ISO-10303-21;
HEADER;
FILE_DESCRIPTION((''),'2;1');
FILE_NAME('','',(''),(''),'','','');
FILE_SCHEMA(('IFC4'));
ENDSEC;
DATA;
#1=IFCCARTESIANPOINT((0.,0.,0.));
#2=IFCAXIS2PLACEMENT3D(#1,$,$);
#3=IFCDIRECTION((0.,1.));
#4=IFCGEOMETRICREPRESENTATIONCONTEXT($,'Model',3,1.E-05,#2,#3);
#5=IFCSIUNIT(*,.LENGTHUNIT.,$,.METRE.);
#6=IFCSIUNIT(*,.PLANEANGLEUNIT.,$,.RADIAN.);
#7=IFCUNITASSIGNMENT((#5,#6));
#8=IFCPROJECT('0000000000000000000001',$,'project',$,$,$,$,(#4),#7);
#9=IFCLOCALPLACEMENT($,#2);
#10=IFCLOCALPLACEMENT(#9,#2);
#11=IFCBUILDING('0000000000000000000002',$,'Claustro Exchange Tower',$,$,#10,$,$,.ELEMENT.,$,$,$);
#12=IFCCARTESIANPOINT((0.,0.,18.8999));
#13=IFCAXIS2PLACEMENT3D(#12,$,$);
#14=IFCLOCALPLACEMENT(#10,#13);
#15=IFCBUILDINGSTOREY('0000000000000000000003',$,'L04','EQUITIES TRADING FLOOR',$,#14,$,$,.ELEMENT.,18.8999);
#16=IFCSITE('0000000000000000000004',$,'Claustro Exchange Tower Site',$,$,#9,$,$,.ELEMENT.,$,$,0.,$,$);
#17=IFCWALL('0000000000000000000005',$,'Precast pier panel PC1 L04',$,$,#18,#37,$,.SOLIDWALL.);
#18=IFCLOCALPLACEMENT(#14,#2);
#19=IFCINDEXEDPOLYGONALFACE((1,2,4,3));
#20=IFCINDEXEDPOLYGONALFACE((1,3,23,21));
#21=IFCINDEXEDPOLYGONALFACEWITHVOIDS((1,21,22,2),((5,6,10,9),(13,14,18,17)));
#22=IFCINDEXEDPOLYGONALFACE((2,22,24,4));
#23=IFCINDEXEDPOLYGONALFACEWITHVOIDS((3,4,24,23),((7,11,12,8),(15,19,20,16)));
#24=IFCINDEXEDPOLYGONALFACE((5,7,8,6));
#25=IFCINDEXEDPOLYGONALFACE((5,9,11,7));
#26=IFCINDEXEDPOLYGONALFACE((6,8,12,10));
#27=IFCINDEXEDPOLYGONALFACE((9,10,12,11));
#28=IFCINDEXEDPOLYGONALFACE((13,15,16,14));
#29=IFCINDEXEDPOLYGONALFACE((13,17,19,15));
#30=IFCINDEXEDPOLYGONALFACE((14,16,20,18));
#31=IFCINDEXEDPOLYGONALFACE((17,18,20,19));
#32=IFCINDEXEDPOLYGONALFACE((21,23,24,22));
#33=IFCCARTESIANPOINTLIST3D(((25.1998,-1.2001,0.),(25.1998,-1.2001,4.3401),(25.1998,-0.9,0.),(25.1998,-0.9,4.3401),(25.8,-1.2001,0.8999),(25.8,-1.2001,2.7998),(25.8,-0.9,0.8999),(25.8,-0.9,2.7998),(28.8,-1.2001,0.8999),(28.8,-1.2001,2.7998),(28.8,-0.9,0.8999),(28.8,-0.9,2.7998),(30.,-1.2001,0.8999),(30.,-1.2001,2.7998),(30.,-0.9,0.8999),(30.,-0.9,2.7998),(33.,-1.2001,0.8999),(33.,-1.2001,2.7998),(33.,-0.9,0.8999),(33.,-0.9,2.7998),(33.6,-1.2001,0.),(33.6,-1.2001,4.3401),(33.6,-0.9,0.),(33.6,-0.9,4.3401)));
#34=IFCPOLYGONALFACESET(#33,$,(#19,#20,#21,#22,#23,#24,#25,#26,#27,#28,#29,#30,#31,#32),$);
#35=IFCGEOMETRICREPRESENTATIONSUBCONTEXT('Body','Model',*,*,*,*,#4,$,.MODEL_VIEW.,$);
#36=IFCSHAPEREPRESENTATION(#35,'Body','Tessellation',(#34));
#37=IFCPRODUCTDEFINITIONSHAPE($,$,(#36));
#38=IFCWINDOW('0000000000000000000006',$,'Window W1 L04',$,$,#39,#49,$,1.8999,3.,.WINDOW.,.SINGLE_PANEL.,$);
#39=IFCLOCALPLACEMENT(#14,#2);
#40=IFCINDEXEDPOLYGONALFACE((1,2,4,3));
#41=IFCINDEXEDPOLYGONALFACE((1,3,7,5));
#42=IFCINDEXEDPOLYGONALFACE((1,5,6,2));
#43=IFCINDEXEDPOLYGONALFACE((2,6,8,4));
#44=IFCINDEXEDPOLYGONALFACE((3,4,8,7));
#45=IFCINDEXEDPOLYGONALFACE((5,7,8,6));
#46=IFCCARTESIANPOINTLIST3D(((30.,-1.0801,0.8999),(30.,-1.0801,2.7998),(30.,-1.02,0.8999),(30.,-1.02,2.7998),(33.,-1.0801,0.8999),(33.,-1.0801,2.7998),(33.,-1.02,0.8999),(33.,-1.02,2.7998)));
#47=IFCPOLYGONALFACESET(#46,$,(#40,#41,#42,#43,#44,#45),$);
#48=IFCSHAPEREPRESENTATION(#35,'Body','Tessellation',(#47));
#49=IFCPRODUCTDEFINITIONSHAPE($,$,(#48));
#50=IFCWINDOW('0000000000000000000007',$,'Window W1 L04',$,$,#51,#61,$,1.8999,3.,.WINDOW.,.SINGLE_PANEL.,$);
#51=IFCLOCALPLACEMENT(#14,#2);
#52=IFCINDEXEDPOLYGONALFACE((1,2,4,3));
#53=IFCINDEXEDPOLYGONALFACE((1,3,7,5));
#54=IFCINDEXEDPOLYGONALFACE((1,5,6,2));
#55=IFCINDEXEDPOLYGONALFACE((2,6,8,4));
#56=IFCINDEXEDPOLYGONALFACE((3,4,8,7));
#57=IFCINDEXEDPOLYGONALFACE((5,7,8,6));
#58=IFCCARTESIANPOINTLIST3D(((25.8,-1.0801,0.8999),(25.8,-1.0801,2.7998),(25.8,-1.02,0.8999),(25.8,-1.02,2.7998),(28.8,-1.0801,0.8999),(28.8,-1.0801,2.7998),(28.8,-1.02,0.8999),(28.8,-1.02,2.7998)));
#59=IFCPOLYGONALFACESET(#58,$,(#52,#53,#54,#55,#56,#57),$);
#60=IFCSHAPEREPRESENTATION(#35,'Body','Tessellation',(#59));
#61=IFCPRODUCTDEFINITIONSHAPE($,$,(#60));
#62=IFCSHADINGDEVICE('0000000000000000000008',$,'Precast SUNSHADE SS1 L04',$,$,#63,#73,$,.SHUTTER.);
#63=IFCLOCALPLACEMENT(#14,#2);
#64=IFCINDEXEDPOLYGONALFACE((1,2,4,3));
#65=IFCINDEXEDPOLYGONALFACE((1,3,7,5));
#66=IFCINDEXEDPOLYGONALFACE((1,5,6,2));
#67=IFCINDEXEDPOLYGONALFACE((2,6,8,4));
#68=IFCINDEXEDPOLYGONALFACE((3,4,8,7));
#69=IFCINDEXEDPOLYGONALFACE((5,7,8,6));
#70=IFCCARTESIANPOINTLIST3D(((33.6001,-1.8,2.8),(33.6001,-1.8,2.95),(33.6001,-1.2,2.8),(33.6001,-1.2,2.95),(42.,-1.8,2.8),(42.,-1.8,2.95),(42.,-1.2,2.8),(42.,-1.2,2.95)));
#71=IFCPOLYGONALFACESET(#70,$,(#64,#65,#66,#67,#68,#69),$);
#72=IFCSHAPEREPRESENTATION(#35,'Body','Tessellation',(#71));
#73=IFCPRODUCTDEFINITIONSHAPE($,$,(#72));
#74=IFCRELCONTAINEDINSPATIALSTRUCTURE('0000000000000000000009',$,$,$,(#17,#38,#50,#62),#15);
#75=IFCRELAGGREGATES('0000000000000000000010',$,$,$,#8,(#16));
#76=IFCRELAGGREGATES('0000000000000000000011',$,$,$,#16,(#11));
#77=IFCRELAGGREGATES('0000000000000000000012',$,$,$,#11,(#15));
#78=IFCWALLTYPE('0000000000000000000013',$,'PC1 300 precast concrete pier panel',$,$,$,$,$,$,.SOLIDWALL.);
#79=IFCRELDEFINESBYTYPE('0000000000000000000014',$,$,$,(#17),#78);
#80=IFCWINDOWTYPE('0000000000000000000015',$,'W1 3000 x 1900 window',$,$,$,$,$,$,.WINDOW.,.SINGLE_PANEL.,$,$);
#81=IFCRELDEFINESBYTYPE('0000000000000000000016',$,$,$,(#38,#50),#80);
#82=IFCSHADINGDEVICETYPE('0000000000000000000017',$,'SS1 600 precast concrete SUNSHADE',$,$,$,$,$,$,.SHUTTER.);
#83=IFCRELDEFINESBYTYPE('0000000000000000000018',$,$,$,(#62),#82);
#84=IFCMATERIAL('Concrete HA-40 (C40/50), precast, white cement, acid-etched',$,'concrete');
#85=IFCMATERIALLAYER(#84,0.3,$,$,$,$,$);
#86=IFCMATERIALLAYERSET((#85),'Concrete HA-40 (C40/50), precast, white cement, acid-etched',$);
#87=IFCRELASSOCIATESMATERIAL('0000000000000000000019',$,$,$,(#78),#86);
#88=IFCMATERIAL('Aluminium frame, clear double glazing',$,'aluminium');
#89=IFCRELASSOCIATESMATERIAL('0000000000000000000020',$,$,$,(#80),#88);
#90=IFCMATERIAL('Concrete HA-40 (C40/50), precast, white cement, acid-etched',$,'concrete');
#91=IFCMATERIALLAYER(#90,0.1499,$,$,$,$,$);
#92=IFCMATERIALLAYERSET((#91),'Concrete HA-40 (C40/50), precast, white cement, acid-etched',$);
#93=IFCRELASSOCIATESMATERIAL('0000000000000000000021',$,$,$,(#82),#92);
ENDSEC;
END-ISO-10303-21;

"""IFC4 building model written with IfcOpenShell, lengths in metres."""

from ifc_helpers import new_model, si_unit, direction, frame, frame_2d, origin, origin_2d, place, context, subcontext, project, spatial, rectangle, extrude, material, layer, layer_set, type_object, element, fill, save


model = new_model("IFC4")

# Units and contexts
model_context = context("Model", 3, precision=1e-05, world=origin(), true_north=direction((0.0, 1.0)))
body_context = subcontext(model_context, "Body", "Model", "MODEL_VIEW")
ifc_project = project(units=[si_unit("LENGTHUNIT", "METRE"), si_unit("PLANEANGLEUNIT", "RADIAN")], contexts=[model_context])

# Site, building, storey
site_placement = place(None, origin())
site = spatial("IfcSite", under=ifc_project, at=site_placement, Name="Claustro Exchange Tower Site", CompositionType="ELEMENT", RefElevation=0.0)
building_placement = place(site_placement, origin())
building = spatial("IfcBuilding", under=site, at=building_placement, Name="Claustro Exchange Tower", CompositionType="ELEMENT")
storey_placement = place(building_placement, frame((0.0, 0.0, 18.8999)))
storey = spatial("IfcBuildingStorey", under=building, at=storey_placement, Name="L04", Description="EQUITIES TRADING FLOOR", CompositionType="ELEMENT", Elevation=18.8999)

# Wall, openings, windows
ifc_material_1 = material(Name="Concrete HA-40 (C40/50), precast, white cement, acid-etched", Category="concrete")
ifc_layer_1 = layer(ifc_material_1, 0.3)
ifc_layer_set_1 = layer_set([ifc_layer_1], Name="Concrete HA-40 (C40/50), precast, white cement, acid-etched")
wall_type_1 = type_object("IfcWallType", Name="PC1 300 precast concrete pier panel", PredefinedType="SOLIDWALL", material=ifc_layer_set_1)
wall_1_placement = place(storey_placement, frame((33.6001, -1.05, 0.0), z_axis=(0.0, 0.0, 1.0), x_axis=(-1.0, 0.0, 0.0)))
wall_1 = element("IfcWall", 1, at=wall_1_placement, inside=storey, type_object=wall_type_1, Name="Precast pier panel PC1 L04", PredefinedType="SOLIDWALL", context=body_context, shape_type="SweptSolid", body=[
    extrude(rectangle(XDim=8.4001, YDim=0.3, at=frame_2d((4.2002, 0.0))), origin(), (0.0, 0.0, 1.0), 4.3401),
])
opening_1_placement = place(wall_1_placement, frame((0.6001, 0.0, 0.8999)))
opening_1 = element("IfcOpeningElement", 2, at=opening_1_placement, cuts=wall_1, PredefinedType="OPENING", context=body_context, shape_type="SweptSolid", body=[
    extrude(rectangle(XDim=3.0, YDim=1.8999, at=frame_2d((1.5, 0.95))), frame((0.0, 0.1599, 0.0), z_axis=(0.0, -1.0, 0.0), x_axis=(1.0, 0.0, 0.0)), (0.0, 0.0, 1.0), 0.3201),
])
opening_2_placement = place(wall_1_placement, frame((4.8, 0.0, 0.8999)))
opening_2 = element("IfcOpeningElement", 3, at=opening_2_placement, cuts=wall_1, PredefinedType="OPENING", context=body_context, shape_type="SweptSolid", body=[
    extrude(rectangle(XDim=3.0, YDim=1.8999, at=frame_2d((1.5, 0.95))), frame((0.0, 0.1599, 0.0), z_axis=(0.0, -1.0, 0.0), x_axis=(1.0, 0.0, 0.0)), (0.0, 0.0, 1.0), 0.3201),
])
ifc_material_2 = material(Name="Aluminium frame, clear double glazing", Category="aluminium")
window_type = type_object("IfcWindowType", Name="W1 3000 x 1900 window", PartitioningType="SINGLE_PANEL", PredefinedType="WINDOW", material=ifc_material_2)
window_1_placement = place(opening_1_placement, origin())
window_1 = element("IfcWindow", 4, at=window_1_placement, inside=storey, type_object=window_type, Name="Window W1 L04", OverallHeight=1.8999, OverallWidth=3.0, PartitioningType="SINGLE_PANEL", PredefinedType="WINDOW", context=body_context, shape_type="SweptSolid", body=[
    extrude(rectangle(XDim=3.0, YDim=1.8999, at=frame_2d((1.5, 0.95))), frame((0.0, 0.03, 0.0), z_axis=(0.0, -1.0, 0.0), x_axis=(1.0, 0.0, 0.0)), (0.0, 0.0, 1.0), 0.0601),
])
fill(opening_1, window_1)
window_2_placement = place(opening_2_placement, origin())
window_2 = element("IfcWindow", 5, at=window_2_placement, inside=storey, type_object=window_type, Name="Window W1 L04", OverallHeight=1.8999, OverallWidth=3.0, PartitioningType="SINGLE_PANEL", PredefinedType="WINDOW", context=body_context, shape_type="SweptSolid", body=[
    extrude(rectangle(XDim=3.0, YDim=1.8999, at=frame_2d((1.5, 0.95))), frame((0.0, 0.03, 0.0), z_axis=(0.0, -1.0, 0.0), x_axis=(1.0, 0.0, 0.0)), (0.0, 0.0, 1.0), 0.0601),
])
fill(opening_2, window_2)

# Shading device
ifc_material_3 = material(Name="Concrete HA-40 (C40/50), precast, white cement, acid-etched", Category="concrete")
ifc_layer_2 = layer(ifc_material_3, 0.1499)
ifc_layer_set_2 = layer_set([ifc_layer_2], Name="Concrete HA-40 (C40/50), precast, white cement, acid-etched")
shading_device_type = type_object("IfcShadingDeviceType", Name="SS1 600 precast concrete SUNSHADE", PredefinedType="SHUTTER", material=ifc_layer_set_2)
shading_device_placement = place(storey_placement, frame((37.8, -1.5, 2.8), z_axis=(0.0, 0.0, 1.0), x_axis=(-1.0, 0.0, 0.0)))
element("IfcShadingDevice", 6, at=shading_device_placement, inside=storey, type_object=shading_device_type, Name="Precast SUNSHADE SS1 L04", PredefinedType="SHUTTER", context=body_context, shape_type="SweptSolid", body=[
    extrude(rectangle(XDim=8.3999, YDim=0.6001, at=origin_2d()), origin(), (0.0, 0.0, 1.0), 0.1499),
])

save(model, "model.ifc")
